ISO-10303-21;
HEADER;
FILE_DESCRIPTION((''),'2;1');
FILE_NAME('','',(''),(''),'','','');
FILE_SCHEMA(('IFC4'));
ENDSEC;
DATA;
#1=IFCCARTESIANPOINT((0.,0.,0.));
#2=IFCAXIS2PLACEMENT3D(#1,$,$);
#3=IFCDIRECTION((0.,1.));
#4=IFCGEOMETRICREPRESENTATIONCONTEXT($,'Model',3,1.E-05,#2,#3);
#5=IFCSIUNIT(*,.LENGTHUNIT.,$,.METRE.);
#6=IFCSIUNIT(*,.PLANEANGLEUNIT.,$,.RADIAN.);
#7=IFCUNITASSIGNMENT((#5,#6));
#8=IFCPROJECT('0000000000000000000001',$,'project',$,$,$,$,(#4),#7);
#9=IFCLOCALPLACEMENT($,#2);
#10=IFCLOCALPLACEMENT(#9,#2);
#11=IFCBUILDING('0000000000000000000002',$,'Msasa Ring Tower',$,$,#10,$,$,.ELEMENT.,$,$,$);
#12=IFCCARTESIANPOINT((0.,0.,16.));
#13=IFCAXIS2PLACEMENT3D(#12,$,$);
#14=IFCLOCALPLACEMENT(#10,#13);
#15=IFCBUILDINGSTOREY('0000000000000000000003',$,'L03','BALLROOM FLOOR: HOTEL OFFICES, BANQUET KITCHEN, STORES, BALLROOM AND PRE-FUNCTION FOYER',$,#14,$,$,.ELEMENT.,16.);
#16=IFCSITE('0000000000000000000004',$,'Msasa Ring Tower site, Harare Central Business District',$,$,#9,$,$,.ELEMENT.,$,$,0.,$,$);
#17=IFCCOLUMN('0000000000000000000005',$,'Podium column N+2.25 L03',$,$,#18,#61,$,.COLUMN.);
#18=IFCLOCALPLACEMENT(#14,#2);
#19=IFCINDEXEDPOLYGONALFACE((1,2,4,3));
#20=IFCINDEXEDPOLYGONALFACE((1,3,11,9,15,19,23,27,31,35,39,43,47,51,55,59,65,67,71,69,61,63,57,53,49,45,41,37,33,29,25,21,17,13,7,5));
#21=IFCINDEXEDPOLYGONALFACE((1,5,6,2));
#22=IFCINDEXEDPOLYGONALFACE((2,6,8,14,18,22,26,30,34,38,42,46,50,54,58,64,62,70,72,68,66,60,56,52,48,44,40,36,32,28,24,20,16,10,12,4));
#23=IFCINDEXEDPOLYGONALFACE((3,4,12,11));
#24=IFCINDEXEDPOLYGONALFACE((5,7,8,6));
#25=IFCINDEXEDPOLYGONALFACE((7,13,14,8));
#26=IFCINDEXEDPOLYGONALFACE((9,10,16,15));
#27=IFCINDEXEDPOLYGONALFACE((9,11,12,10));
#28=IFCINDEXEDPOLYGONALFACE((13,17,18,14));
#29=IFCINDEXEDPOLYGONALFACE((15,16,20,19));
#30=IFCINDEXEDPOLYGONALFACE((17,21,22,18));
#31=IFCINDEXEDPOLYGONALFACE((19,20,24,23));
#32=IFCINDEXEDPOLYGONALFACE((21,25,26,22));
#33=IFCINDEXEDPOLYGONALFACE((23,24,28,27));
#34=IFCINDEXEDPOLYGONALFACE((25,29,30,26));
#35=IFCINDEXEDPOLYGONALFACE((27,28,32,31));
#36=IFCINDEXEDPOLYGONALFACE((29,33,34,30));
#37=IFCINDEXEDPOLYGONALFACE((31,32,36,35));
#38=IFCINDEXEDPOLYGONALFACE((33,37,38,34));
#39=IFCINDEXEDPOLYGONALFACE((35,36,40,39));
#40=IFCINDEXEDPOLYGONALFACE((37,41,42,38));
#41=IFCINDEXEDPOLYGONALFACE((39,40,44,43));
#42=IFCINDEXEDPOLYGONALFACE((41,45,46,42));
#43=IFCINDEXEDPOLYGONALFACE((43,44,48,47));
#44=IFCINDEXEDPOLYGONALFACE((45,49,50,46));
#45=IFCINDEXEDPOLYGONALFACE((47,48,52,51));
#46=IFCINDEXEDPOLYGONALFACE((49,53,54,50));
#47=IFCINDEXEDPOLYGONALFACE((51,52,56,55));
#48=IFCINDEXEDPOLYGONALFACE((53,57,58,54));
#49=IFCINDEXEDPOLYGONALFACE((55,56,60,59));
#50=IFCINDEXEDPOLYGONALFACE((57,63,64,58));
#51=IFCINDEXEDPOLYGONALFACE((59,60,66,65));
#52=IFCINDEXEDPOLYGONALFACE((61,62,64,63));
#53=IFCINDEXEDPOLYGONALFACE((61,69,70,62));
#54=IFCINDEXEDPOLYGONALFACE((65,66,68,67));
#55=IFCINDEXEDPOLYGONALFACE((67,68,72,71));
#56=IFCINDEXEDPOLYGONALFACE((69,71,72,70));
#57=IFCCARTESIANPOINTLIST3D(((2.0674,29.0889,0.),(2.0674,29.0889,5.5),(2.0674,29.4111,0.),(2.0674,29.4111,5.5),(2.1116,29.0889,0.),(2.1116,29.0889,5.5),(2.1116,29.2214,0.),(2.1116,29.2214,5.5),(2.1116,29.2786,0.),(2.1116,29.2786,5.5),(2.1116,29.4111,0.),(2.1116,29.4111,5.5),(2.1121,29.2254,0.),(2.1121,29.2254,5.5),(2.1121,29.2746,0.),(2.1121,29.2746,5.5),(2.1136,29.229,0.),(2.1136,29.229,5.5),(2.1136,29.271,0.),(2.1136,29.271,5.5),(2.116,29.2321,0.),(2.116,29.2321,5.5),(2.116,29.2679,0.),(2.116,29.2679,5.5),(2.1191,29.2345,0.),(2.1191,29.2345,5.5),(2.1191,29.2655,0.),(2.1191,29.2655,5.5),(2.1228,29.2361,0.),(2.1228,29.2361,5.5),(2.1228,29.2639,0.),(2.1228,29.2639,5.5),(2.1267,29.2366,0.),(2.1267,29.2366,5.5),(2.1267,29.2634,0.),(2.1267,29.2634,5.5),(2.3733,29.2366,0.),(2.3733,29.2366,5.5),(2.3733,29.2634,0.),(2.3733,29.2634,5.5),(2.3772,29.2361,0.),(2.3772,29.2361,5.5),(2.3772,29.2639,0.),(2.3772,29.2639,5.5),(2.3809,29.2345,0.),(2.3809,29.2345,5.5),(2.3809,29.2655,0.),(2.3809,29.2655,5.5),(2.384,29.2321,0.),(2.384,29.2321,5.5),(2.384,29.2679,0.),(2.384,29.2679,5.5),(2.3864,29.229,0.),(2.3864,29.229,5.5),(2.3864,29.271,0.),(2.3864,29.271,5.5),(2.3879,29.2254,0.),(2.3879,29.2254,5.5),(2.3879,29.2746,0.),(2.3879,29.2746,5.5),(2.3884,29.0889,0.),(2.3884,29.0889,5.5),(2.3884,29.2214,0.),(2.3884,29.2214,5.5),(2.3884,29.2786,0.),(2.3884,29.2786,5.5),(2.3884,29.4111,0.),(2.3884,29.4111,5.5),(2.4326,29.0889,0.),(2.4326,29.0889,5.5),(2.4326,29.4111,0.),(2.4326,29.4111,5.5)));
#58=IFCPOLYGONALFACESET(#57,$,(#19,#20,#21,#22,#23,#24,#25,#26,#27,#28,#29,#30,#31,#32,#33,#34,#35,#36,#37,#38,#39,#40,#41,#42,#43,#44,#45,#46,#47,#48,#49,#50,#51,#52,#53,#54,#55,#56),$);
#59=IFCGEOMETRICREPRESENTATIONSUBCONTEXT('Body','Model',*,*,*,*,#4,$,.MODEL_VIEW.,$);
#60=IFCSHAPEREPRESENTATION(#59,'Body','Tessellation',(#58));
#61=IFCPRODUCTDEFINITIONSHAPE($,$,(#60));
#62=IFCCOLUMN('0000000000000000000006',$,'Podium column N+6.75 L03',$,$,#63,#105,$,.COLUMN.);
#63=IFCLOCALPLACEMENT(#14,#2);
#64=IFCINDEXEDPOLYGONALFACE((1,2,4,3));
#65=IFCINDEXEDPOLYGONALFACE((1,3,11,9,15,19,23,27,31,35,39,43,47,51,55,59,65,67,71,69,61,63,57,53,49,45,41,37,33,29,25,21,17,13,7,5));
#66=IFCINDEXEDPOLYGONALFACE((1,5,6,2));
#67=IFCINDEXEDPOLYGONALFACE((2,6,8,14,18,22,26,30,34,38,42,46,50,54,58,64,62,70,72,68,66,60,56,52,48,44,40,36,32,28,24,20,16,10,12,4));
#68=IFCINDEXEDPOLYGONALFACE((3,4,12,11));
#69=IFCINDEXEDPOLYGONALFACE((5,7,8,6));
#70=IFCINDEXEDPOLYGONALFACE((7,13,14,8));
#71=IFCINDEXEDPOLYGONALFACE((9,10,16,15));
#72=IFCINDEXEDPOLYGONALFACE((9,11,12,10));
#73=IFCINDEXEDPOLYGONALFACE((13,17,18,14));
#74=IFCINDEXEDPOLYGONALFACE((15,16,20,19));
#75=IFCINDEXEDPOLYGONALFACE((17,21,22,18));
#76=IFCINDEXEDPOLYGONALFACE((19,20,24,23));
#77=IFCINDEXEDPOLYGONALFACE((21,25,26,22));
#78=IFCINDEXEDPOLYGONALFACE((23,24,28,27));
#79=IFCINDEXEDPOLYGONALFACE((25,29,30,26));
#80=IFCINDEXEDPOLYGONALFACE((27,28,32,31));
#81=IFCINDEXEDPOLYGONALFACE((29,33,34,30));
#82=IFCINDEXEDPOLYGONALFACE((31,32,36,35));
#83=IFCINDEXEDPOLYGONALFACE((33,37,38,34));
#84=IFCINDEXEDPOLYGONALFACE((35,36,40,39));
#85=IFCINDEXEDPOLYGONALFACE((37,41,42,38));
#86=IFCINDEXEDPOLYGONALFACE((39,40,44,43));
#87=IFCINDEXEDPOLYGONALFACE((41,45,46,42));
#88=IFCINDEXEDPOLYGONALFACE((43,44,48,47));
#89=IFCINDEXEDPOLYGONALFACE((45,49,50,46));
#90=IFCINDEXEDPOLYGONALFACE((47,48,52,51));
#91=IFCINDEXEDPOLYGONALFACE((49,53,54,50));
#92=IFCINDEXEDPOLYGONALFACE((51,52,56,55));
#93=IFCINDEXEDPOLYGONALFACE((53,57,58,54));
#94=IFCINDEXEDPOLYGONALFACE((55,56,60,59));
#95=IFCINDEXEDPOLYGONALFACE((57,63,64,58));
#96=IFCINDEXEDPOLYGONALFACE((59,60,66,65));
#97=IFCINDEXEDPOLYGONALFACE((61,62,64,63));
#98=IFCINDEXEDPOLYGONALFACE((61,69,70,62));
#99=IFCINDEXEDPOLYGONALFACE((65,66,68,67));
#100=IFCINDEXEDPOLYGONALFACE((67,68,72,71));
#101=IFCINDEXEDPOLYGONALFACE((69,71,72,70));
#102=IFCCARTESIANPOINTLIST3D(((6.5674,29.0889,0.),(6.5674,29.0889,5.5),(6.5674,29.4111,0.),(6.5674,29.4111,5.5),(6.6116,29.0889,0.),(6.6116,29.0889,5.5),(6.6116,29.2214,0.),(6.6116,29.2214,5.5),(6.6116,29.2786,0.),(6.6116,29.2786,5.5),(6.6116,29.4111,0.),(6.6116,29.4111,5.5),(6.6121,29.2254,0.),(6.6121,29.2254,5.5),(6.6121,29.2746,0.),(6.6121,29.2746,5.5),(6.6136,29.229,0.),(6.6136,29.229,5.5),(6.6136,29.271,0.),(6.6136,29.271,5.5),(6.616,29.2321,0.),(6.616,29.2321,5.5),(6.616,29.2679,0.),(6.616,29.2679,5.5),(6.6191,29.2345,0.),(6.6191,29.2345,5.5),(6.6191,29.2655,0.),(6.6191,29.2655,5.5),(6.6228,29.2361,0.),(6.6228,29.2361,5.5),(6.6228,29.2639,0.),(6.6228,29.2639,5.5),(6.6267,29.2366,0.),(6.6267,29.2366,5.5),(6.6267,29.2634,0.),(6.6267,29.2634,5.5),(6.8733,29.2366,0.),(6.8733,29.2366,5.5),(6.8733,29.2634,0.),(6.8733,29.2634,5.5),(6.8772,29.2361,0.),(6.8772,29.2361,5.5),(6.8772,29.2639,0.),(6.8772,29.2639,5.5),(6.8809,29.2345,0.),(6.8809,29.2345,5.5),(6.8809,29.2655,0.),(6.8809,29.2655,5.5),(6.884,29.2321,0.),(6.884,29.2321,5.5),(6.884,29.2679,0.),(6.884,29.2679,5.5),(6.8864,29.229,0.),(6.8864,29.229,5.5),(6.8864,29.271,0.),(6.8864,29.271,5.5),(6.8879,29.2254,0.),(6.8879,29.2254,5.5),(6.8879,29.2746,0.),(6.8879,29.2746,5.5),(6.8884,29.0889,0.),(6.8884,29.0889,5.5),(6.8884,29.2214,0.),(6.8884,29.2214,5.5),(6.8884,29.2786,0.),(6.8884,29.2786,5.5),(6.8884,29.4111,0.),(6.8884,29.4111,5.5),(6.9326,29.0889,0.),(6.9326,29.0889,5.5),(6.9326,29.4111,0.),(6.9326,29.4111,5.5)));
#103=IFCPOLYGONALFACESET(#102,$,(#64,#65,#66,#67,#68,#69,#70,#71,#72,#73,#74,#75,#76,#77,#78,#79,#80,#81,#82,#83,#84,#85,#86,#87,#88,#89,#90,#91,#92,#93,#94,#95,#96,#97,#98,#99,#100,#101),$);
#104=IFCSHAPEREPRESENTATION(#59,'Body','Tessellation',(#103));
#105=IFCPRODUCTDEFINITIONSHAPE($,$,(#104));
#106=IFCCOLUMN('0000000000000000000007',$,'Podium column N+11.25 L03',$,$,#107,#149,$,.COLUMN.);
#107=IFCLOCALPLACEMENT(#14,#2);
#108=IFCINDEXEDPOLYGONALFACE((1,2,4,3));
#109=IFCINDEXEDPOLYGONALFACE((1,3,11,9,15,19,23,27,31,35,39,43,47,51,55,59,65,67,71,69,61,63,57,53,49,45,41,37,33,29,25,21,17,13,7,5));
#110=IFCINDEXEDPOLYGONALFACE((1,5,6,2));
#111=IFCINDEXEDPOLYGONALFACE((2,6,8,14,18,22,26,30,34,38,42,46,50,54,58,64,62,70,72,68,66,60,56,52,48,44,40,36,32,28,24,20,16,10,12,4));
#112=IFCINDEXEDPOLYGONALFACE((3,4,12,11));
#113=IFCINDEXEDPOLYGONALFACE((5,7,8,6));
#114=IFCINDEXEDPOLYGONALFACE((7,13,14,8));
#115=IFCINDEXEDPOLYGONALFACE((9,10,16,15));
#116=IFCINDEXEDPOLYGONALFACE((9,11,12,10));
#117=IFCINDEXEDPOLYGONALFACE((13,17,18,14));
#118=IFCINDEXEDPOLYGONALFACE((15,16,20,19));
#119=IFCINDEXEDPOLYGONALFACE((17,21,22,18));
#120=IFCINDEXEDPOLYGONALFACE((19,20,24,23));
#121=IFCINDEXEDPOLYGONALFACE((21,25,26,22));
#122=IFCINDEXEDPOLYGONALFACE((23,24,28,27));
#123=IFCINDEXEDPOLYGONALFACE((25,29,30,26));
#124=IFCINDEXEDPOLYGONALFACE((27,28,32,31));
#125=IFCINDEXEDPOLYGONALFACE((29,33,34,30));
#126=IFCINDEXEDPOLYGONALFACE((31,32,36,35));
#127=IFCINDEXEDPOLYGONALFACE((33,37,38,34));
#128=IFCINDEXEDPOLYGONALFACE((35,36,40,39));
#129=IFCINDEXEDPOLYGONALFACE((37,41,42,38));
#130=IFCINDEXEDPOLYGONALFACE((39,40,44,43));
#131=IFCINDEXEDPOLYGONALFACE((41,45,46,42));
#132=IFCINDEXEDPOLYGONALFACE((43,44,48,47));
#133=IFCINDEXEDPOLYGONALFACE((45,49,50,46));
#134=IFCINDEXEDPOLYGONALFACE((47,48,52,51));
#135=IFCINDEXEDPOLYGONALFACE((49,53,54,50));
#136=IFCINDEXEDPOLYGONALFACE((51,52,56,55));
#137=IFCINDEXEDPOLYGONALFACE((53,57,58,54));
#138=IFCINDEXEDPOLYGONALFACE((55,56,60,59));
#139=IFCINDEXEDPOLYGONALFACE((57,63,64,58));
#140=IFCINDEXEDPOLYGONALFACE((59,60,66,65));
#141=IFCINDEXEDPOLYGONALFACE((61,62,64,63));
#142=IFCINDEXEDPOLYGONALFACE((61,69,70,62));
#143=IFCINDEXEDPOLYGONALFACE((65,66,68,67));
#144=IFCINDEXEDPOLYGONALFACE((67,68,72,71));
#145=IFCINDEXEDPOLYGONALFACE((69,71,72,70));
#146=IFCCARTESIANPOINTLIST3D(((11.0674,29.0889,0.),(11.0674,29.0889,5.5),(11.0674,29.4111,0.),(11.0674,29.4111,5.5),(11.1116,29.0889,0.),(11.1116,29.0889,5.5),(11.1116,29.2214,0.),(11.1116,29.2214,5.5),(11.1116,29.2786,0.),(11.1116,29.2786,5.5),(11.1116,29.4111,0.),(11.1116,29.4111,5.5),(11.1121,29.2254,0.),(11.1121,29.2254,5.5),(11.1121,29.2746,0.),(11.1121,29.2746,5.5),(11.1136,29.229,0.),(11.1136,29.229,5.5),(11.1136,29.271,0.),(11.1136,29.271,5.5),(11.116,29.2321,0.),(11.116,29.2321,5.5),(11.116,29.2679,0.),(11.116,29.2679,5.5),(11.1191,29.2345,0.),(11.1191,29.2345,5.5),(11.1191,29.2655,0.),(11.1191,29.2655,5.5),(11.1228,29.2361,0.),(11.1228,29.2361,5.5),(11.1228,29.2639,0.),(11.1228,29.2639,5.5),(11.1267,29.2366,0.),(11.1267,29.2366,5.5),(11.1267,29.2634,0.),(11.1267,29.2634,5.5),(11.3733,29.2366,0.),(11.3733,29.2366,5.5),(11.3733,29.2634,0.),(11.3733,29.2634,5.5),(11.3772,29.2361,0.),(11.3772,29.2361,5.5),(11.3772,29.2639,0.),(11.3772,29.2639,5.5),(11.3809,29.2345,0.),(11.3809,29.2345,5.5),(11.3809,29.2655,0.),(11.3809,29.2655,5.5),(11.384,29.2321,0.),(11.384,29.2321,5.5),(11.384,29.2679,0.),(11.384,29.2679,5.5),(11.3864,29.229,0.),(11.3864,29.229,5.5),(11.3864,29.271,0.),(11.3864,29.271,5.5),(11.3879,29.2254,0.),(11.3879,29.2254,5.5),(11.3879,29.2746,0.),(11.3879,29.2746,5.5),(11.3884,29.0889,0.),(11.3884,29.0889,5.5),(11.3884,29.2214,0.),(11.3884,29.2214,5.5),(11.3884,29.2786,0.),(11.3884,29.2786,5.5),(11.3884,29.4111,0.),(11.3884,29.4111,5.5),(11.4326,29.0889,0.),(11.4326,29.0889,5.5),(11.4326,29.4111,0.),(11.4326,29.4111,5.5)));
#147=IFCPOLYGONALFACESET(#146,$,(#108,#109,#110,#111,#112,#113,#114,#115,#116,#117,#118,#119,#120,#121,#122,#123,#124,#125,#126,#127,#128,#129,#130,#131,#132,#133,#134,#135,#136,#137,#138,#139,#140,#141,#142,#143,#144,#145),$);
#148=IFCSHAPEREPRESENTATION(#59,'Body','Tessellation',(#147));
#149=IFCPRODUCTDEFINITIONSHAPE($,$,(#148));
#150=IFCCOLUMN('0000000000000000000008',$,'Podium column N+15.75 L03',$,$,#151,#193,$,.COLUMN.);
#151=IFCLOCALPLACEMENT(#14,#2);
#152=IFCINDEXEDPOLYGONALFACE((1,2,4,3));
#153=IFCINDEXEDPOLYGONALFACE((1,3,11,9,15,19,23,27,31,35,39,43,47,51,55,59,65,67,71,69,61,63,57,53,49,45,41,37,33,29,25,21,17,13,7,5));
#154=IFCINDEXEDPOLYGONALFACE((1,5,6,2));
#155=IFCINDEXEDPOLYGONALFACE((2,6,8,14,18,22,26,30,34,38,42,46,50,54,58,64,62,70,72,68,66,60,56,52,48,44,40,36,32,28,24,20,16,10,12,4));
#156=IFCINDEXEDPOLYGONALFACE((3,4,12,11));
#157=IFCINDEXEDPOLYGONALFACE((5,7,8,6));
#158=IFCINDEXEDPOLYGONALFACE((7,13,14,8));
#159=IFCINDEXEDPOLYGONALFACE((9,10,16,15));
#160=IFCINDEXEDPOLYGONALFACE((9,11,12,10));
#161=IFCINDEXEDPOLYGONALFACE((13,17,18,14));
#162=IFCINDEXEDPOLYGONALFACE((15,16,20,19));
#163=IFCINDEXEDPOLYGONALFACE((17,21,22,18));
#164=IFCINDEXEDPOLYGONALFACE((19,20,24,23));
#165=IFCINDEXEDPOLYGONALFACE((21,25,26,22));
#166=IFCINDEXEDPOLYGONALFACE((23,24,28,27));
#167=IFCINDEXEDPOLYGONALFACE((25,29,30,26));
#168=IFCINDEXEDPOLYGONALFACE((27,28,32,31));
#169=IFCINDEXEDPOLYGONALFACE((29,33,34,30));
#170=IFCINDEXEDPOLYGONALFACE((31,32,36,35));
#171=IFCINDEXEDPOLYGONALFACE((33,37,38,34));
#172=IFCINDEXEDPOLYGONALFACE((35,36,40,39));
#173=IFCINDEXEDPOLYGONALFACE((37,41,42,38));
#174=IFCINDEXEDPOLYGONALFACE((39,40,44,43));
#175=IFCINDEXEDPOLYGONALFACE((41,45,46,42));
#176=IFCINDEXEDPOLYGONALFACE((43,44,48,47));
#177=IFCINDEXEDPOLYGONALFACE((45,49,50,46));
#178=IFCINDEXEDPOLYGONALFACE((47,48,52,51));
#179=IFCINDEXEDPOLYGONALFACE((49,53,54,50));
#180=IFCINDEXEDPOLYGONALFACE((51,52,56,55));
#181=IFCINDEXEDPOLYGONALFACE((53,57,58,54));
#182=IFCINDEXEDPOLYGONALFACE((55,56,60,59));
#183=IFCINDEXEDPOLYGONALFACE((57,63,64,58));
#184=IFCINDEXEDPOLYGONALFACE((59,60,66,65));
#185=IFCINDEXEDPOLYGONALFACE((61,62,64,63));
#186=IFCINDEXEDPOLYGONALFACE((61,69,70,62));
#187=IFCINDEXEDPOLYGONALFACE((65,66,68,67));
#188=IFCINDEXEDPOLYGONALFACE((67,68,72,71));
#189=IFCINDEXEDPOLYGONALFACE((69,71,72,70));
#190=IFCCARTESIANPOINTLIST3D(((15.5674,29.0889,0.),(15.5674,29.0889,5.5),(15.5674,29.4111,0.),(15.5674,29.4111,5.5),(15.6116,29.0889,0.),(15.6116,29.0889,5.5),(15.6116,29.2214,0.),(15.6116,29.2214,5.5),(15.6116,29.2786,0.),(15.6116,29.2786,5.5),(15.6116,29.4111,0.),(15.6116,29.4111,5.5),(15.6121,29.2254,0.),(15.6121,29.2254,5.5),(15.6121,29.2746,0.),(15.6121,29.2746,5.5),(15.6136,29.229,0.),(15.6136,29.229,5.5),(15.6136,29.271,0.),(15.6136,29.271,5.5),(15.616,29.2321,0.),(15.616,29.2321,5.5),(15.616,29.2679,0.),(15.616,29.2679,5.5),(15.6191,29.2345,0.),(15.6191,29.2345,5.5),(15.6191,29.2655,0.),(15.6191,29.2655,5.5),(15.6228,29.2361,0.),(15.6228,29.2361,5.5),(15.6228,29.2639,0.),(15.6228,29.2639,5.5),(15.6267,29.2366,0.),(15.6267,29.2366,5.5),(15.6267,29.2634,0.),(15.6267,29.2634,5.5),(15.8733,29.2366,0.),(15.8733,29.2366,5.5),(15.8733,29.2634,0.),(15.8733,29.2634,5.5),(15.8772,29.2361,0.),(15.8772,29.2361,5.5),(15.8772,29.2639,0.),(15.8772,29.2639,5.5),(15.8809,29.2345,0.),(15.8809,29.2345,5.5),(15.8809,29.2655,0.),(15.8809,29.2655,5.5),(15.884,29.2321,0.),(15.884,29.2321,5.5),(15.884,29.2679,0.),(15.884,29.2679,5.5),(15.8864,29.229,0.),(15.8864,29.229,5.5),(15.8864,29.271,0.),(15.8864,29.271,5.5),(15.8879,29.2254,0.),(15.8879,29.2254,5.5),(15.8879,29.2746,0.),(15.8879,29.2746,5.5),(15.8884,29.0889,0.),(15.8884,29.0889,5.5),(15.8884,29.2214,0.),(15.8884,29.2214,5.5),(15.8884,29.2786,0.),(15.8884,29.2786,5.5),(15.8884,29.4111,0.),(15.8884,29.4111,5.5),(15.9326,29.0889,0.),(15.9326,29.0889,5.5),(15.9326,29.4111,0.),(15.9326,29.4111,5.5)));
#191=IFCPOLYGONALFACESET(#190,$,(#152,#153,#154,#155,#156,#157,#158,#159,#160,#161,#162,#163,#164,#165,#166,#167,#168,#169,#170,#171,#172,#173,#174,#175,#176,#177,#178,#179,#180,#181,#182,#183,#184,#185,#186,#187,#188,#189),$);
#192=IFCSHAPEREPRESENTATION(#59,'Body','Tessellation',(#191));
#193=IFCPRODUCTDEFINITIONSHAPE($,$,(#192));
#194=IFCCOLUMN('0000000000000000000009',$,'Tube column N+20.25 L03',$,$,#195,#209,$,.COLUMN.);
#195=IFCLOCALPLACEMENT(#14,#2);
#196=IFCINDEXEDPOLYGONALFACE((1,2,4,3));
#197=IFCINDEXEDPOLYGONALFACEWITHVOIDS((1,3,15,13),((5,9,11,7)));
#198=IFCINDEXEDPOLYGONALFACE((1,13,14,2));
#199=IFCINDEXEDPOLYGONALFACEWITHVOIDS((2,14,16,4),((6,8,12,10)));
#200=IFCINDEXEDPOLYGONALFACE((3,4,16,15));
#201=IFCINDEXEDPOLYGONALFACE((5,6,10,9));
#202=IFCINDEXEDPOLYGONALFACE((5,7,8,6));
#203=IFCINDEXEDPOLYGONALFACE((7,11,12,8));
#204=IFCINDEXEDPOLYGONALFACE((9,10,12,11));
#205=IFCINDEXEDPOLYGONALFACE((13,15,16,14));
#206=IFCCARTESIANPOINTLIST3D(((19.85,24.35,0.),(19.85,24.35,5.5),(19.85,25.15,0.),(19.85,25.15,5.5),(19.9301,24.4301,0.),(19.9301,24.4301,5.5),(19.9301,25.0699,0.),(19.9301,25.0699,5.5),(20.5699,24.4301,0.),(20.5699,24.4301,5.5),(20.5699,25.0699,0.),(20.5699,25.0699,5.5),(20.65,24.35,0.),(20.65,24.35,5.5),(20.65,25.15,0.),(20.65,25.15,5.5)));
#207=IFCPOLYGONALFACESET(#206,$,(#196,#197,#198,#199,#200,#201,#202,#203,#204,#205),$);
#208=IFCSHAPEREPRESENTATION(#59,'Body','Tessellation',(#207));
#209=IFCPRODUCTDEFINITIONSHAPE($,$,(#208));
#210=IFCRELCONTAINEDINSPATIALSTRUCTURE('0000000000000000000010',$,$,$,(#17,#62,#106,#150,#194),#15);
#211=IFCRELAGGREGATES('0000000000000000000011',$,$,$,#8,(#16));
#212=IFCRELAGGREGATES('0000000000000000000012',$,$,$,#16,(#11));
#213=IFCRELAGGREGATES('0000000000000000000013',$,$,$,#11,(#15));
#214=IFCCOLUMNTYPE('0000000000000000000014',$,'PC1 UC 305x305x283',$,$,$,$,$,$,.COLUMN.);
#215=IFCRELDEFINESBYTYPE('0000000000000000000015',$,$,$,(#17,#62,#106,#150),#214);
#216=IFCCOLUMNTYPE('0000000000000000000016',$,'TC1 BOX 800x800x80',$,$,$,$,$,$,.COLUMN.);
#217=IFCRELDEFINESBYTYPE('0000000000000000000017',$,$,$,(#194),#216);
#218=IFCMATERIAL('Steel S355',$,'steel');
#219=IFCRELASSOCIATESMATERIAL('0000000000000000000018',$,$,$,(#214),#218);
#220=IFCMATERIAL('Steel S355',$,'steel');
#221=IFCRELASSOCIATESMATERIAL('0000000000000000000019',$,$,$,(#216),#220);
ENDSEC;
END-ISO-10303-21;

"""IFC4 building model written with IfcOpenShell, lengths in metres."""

from ifc_helpers import new_model, si_unit, direction, frame, origin, origin_2d, place, context, subcontext, project, spatial, hollow_rectangle, i_section, extrude, material, material_profile, profile_set, type_object, element, save


model = new_model("IFC4")

# Units and contexts
model_context = context("Model", 3, precision=1e-05, world=origin(), true_north=direction((0.0, 1.0)))
body_context = subcontext(model_context, "Body", "Model", "MODEL_VIEW")
ifc_project = project(units=[si_unit("LENGTHUNIT", "METRE"), si_unit("PLANEANGLEUNIT", "RADIAN")], contexts=[model_context])

# Site, building, storey
site_placement = place(None, origin())
site = spatial("IfcSite", under=ifc_project, at=site_placement, Name="Msasa Ring Tower site, Harare Central Business District", CompositionType="ELEMENT", RefElevation=0.0)
building_placement = place(site_placement, origin())
building = spatial("IfcBuilding", under=site, at=building_placement, Name="Msasa Ring Tower", CompositionType="ELEMENT")
storey_placement = place(building_placement, frame((0.0, 0.0, 16.0)))
storey = spatial("IfcBuildingStorey", under=building, at=storey_placement, Name="L03", Description="BALLROOM FLOOR: HOTEL OFFICES, BANQUET KITCHEN, STORES, BALLROOM AND PRE-FUNCTION FOYER", CompositionType="ELEMENT", Elevation=16.0)

# Columns
ifc_material_1 = material(Name="Steel S355", Category="steel")
ifc_material_profile_1 = material_profile(ifc_material_1, i_section(OverallWidth=0.3223, OverallDepth=0.3652, WebThickness=0.0269, FlangeThickness=0.0442, FilletRadius=0.0151, at=origin_2d()), Name="UC 305x305x283")
ifc_profile_set_1 = profile_set([ifc_material_profile_1], Name="Steel S355")
column_type_1 = type_object("IfcColumnType", Name="PC1 UC 305x305x283", PredefinedType="COLUMN", material=ifc_profile_set_1)
for number, where, z_axis, x_axis, name in (
    (1, (2.25, 29.25, 0.0), (0.0, 0.0, 1.0), (0.0, 1.0, 0.0), "Podium column N+2.25 L03"),
    (2, (6.75, 29.25, 0.0), (0.0, 0.0, 1.0), (0.0, 1.0, 0.0), "Podium column N+6.75 L03"),
    (3, (11.25, 29.25, 0.0), (0.0, 0.0, 1.0), (0.0, 1.0, 0.0), "Podium column N+11.25 L03"),
    (4, (15.75, 29.25, 0.0), (0.0, 0.0, 1.0), (0.0, 1.0, 0.0), "Podium column N+15.75 L03"),
):
    element("IfcColumn", number, at=place(storey_placement, frame(where, z_axis=z_axis, x_axis=x_axis)), inside=storey, type_object=column_type_1, Name=name, PredefinedType="COLUMN", context=body_context, shape_type="SweptSolid", body=[
        extrude(i_section(OverallWidth=0.3223, OverallDepth=0.3652, WebThickness=0.0269, FlangeThickness=0.0442, FilletRadius=0.0151, at=origin_2d()), origin(), (0.0, 0.0, 1.0), 5.5),
    ])
ifc_material_2 = material(Name="Steel S355", Category="steel")
ifc_material_profile_2 = material_profile(ifc_material_2, hollow_rectangle(XDim=0.8, YDim=0.8, WallThickness=0.0801, at=origin_2d()), Name="BOX 800x800x80")
ifc_profile_set_2 = profile_set([ifc_material_profile_2], Name="Steel S355")
column_type_2 = type_object("IfcColumnType", Name="TC1 BOX 800x800x80", PredefinedType="COLUMN", material=ifc_profile_set_2)
column_placement = place(storey_placement, frame((20.25, 24.75, 0.0), z_axis=(0.0, 0.0, 1.0), x_axis=(0.0, 1.0, 0.0)))
element("IfcColumn", 5, at=column_placement, inside=storey, type_object=column_type_2, Name="Tube column N+20.25 L03", PredefinedType="COLUMN", context=body_context, shape_type="SweptSolid", body=[
    extrude(hollow_rectangle(XDim=0.8, YDim=0.8, WallThickness=0.0801, at=origin_2d()), origin(), (0.0, 0.0, 1.0), 5.5),
])

save(model, "model.ifc")
